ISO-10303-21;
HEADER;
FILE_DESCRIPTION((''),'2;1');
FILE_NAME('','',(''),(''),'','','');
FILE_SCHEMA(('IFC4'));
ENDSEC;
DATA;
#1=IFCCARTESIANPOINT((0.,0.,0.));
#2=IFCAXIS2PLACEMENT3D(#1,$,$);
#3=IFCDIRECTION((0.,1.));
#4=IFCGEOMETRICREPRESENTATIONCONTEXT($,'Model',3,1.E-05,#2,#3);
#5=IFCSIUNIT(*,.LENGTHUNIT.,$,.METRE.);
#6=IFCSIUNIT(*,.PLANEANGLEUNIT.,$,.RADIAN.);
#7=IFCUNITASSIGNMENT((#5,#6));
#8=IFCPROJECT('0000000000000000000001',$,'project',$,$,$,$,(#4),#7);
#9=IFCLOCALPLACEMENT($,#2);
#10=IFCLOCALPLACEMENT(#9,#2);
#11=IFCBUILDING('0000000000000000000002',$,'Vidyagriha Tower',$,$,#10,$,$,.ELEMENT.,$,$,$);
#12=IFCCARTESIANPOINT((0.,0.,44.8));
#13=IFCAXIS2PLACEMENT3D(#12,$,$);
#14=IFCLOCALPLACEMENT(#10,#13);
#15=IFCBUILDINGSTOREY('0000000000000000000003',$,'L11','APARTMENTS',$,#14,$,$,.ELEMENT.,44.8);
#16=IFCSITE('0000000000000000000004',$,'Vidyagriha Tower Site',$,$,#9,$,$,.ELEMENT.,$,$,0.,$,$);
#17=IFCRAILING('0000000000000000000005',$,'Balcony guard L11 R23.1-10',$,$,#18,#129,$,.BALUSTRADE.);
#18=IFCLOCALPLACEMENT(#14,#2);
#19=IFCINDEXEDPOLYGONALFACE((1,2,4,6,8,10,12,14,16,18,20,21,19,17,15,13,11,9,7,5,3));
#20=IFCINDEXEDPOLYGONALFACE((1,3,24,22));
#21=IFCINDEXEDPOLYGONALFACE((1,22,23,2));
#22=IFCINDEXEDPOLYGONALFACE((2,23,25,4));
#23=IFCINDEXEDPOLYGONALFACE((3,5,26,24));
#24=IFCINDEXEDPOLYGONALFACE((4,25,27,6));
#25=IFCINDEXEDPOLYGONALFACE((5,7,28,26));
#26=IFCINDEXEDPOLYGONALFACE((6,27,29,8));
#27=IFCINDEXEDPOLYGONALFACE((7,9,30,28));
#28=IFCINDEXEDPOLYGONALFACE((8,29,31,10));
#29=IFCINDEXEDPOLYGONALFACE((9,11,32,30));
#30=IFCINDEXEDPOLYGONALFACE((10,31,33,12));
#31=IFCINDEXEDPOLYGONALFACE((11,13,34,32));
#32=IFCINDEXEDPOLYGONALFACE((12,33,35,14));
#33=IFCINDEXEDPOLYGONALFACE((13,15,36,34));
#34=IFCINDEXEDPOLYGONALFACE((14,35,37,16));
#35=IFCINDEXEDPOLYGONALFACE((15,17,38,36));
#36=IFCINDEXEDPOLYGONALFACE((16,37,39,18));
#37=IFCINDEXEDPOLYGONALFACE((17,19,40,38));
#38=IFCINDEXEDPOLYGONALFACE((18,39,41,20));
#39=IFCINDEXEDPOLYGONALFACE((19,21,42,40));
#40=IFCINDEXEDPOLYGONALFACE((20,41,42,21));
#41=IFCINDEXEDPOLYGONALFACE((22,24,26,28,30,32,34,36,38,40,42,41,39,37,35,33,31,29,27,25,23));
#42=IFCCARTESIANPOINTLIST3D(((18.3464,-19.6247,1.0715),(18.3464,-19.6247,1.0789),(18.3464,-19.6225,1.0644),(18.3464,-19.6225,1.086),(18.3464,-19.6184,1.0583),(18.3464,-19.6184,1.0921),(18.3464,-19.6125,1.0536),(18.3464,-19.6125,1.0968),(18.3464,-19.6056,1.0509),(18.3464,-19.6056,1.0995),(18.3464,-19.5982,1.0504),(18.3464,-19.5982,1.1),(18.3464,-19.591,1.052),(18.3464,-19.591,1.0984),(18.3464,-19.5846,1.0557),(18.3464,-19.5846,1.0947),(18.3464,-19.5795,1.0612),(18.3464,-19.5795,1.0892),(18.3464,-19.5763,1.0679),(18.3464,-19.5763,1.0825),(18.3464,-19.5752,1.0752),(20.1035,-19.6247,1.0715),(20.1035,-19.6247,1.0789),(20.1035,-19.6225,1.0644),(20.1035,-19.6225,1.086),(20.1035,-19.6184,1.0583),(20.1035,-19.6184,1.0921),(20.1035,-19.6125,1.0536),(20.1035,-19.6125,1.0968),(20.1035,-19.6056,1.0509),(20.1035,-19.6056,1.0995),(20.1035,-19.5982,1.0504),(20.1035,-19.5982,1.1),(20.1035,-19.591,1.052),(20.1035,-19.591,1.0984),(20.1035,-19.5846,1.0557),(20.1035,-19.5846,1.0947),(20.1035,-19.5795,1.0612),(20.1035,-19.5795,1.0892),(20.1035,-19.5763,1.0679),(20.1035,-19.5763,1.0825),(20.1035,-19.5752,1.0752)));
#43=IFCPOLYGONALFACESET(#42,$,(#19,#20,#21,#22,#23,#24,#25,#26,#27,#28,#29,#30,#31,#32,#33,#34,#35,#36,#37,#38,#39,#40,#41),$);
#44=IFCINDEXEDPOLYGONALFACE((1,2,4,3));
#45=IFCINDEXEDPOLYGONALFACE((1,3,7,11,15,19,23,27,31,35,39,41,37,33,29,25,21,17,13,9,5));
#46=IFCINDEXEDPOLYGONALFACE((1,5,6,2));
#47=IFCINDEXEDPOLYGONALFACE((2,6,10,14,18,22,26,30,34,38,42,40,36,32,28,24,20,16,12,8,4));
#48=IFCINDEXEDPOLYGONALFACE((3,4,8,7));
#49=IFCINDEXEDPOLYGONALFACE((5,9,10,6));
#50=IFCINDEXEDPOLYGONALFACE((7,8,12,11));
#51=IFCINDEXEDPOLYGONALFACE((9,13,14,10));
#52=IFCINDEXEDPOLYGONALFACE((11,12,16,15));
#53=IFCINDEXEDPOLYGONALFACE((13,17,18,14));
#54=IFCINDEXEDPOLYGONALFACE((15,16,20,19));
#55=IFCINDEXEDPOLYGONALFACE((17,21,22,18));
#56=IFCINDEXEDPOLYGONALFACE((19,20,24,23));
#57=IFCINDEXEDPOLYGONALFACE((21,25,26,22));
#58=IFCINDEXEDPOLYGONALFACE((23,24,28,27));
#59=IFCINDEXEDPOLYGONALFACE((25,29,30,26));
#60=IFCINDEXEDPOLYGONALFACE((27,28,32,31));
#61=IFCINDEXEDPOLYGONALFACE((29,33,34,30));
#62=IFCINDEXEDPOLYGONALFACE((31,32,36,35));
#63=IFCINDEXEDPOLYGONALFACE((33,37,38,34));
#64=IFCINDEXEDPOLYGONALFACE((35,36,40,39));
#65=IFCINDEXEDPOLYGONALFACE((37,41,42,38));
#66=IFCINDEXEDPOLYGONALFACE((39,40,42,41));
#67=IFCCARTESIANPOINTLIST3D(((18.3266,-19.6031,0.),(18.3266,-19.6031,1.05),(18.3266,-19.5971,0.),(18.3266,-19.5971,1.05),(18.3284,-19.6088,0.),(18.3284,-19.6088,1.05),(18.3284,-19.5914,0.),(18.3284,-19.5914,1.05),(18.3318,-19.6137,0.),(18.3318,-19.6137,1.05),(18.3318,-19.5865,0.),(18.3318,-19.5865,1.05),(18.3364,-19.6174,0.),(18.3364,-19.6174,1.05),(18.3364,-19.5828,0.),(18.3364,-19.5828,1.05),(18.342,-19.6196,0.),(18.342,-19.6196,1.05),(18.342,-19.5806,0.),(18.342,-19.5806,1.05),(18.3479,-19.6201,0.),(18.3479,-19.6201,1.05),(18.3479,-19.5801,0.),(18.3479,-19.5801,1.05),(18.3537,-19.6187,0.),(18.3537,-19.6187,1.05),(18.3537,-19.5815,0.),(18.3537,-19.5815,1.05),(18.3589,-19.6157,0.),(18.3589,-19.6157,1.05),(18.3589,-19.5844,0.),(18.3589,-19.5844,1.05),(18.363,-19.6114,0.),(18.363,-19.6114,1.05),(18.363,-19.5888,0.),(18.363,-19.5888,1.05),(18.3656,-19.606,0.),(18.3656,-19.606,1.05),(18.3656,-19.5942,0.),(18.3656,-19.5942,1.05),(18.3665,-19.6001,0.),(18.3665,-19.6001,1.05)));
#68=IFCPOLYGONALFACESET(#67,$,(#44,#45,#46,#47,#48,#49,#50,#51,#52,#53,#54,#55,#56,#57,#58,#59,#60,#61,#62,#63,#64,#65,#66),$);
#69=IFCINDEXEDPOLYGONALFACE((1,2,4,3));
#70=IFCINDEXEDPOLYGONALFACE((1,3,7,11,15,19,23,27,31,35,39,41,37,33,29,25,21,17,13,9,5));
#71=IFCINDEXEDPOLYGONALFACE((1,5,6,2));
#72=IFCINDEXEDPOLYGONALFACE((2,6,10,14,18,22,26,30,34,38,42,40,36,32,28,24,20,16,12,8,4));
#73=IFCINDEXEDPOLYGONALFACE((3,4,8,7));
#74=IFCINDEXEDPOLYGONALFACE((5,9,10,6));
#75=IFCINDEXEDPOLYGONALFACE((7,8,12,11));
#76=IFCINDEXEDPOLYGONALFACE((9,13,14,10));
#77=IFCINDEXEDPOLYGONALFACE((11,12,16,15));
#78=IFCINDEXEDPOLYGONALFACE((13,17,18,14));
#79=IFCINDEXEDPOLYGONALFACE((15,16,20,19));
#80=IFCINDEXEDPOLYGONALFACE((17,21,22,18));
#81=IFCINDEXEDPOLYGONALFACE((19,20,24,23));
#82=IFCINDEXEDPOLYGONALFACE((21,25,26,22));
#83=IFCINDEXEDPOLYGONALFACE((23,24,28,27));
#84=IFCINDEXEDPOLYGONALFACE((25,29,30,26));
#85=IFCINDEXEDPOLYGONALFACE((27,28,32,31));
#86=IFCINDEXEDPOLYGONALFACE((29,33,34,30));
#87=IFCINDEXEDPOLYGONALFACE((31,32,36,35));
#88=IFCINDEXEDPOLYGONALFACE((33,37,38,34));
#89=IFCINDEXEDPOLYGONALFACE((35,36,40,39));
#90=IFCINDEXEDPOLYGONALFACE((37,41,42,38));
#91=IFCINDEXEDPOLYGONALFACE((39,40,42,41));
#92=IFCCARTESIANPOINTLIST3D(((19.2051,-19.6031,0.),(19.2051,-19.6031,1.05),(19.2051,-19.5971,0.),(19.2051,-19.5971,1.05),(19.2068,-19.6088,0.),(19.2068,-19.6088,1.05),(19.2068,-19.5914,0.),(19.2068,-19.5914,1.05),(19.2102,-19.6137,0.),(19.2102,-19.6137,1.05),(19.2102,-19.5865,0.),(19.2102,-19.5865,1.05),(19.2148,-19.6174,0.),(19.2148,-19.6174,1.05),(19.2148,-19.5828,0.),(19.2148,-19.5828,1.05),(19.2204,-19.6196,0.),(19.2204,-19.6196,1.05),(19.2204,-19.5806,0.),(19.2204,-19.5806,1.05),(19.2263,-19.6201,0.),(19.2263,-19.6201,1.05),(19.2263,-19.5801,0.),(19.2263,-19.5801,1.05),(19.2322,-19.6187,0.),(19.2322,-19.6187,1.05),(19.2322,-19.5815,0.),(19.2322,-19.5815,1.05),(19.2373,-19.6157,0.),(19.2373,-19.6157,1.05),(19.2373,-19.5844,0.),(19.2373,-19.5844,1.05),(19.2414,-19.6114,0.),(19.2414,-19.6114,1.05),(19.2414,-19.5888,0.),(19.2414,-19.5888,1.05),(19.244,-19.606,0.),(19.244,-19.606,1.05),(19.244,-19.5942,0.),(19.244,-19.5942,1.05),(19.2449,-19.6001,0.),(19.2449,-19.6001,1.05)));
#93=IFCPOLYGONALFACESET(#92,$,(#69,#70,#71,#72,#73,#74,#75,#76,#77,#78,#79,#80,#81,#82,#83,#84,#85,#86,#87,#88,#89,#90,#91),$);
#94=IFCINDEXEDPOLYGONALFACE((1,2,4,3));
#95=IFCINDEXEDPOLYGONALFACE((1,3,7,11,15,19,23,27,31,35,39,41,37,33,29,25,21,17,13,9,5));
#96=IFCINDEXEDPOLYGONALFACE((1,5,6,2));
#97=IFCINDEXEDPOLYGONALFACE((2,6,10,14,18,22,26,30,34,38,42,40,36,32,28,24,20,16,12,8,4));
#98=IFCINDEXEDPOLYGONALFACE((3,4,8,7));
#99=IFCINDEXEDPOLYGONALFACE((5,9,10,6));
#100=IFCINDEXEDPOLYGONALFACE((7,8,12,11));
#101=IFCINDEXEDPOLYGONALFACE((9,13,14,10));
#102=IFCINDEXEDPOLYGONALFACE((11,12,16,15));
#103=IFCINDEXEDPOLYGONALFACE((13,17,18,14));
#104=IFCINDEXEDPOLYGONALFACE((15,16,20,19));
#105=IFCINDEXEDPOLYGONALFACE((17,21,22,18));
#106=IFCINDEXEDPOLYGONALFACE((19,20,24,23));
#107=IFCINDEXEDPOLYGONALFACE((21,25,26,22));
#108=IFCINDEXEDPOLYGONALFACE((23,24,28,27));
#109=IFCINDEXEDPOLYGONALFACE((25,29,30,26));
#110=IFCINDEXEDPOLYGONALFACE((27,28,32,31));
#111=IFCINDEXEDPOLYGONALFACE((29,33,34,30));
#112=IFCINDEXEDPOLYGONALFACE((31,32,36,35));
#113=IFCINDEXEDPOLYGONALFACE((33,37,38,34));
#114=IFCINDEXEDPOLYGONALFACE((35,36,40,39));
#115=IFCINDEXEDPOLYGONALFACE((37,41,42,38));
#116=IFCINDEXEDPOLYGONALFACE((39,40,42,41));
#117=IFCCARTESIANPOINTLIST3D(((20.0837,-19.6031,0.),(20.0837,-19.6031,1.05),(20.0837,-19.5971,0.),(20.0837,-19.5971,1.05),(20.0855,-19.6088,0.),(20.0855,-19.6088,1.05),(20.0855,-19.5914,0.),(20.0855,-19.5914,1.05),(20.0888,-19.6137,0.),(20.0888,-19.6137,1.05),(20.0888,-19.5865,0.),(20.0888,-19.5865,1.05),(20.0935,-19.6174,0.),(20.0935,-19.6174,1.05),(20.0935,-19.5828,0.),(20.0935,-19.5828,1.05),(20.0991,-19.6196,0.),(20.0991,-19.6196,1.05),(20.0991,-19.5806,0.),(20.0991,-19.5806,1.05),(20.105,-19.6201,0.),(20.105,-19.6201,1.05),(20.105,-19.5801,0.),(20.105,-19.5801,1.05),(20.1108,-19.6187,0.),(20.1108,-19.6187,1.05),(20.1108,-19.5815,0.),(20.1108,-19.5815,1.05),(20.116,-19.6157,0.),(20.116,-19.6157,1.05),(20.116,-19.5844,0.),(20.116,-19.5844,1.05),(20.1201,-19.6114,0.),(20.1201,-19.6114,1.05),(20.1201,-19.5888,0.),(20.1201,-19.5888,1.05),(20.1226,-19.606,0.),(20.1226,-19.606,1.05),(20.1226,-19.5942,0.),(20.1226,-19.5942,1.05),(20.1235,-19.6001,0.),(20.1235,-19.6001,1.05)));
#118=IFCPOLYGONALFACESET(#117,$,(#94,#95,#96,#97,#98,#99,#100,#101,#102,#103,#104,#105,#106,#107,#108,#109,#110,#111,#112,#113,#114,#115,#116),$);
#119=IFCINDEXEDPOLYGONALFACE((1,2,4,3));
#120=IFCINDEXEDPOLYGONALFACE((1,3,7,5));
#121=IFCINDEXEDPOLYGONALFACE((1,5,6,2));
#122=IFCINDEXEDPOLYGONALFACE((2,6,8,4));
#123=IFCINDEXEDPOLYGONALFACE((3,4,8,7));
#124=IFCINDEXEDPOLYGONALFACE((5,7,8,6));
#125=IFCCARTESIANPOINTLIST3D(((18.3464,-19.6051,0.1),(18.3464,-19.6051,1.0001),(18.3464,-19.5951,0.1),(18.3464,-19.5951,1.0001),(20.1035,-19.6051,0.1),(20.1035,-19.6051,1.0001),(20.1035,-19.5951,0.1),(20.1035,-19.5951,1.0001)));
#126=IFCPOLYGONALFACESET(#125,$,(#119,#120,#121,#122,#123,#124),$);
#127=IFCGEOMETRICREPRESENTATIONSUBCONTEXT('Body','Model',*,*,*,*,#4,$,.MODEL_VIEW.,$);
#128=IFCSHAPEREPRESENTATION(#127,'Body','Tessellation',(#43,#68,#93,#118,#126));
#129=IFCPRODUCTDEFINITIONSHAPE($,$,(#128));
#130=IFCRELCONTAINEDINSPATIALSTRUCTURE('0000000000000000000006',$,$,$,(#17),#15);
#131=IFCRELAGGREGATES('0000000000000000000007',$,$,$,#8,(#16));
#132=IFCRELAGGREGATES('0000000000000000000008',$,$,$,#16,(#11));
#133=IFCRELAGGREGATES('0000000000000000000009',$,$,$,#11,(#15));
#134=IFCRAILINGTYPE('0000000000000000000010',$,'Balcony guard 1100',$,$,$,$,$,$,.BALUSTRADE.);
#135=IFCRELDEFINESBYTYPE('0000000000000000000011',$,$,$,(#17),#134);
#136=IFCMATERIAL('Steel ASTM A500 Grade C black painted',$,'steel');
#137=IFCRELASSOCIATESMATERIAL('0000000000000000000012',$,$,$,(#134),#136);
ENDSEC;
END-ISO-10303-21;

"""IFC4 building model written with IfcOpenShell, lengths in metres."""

from ifc_helpers import new_model, si_unit, direction, frame, origin, origin_2d, place, context, subcontext, project, spatial, rectangle, circle, extrude, material, type_object, element, save


model = new_model("IFC4")

# Units and contexts
model_context = context("Model", 3, precision=1e-05, world=origin(), true_north=direction((0.0, 1.0)))
body_context = subcontext(model_context, "Body", "Model", "MODEL_VIEW")
ifc_project = project(units=[si_unit("LENGTHUNIT", "METRE"), si_unit("PLANEANGLEUNIT", "RADIAN")], contexts=[model_context])

# Site, building, storey
site_placement = place(None, origin())
site = spatial("IfcSite", under=ifc_project, at=site_placement, Name="Vidyagriha Tower Site", CompositionType="ELEMENT", RefElevation=0.0)
building_placement = place(site_placement, origin())
building = spatial("IfcBuilding", under=site, at=building_placement, Name="Vidyagriha Tower", CompositionType="ELEMENT")
storey_placement = place(building_placement, frame((0.0, 0.0, 44.8)))
storey = spatial("IfcBuildingStorey", under=building, at=storey_placement, Name="L11", Description="APARTMENTS", CompositionType="ELEMENT", Elevation=44.8)

# Railing
ifc_material_1 = material(Name="Steel ASTM A500 Grade C black painted", Category="steel")
railing_type = type_object("IfcRailingType", Name="Balcony guard 1100", PredefinedType="BALUSTRADE", material=ifc_material_1)
railing_1_placement = place(storey_placement, frame((18.3464, -19.6001, 0.0)))
element("IfcRailing", 1, at=railing_1_placement, inside=storey, type_object=railing_type, Name="Balcony guard L11 R23.1-10", PredefinedType="BALUSTRADE", context=body_context, shape_type="SweptSolid", body=[
    extrude(circle(Radius=0.0249, at=origin_2d()), frame((0.0, 0.0, 1.0752), z_axis=(1.0, 0.0, 0.0), x_axis=(0.0, 1.0, 0.0)), (0.0, 0.0, 1.0), 1.7571),
    extrude(circle(Radius=0.02, at=origin_2d()), origin(), (0.0, 0.0, 1.0), 1.05),
    extrude(circle(Radius=0.02, at=origin_2d()), frame((0.8784, 0.0, 0.0)), (0.0, 0.0, 1.0), 1.05),
    extrude(circle(Radius=0.02, at=origin_2d()), frame((1.7571, 0.0, 0.0)), (0.0, 0.0, 1.0), 1.05),
    extrude(rectangle(XDim=0.01, YDim=0.9001, at=origin_2d()), frame((0.0, 0.0, 0.55), z_axis=(1.0, 0.0, 0.0), x_axis=(0.0, 1.0, 0.0)), (0.0, 0.0, 1.0), 1.7571),
])

save(model, "model.ifc")
